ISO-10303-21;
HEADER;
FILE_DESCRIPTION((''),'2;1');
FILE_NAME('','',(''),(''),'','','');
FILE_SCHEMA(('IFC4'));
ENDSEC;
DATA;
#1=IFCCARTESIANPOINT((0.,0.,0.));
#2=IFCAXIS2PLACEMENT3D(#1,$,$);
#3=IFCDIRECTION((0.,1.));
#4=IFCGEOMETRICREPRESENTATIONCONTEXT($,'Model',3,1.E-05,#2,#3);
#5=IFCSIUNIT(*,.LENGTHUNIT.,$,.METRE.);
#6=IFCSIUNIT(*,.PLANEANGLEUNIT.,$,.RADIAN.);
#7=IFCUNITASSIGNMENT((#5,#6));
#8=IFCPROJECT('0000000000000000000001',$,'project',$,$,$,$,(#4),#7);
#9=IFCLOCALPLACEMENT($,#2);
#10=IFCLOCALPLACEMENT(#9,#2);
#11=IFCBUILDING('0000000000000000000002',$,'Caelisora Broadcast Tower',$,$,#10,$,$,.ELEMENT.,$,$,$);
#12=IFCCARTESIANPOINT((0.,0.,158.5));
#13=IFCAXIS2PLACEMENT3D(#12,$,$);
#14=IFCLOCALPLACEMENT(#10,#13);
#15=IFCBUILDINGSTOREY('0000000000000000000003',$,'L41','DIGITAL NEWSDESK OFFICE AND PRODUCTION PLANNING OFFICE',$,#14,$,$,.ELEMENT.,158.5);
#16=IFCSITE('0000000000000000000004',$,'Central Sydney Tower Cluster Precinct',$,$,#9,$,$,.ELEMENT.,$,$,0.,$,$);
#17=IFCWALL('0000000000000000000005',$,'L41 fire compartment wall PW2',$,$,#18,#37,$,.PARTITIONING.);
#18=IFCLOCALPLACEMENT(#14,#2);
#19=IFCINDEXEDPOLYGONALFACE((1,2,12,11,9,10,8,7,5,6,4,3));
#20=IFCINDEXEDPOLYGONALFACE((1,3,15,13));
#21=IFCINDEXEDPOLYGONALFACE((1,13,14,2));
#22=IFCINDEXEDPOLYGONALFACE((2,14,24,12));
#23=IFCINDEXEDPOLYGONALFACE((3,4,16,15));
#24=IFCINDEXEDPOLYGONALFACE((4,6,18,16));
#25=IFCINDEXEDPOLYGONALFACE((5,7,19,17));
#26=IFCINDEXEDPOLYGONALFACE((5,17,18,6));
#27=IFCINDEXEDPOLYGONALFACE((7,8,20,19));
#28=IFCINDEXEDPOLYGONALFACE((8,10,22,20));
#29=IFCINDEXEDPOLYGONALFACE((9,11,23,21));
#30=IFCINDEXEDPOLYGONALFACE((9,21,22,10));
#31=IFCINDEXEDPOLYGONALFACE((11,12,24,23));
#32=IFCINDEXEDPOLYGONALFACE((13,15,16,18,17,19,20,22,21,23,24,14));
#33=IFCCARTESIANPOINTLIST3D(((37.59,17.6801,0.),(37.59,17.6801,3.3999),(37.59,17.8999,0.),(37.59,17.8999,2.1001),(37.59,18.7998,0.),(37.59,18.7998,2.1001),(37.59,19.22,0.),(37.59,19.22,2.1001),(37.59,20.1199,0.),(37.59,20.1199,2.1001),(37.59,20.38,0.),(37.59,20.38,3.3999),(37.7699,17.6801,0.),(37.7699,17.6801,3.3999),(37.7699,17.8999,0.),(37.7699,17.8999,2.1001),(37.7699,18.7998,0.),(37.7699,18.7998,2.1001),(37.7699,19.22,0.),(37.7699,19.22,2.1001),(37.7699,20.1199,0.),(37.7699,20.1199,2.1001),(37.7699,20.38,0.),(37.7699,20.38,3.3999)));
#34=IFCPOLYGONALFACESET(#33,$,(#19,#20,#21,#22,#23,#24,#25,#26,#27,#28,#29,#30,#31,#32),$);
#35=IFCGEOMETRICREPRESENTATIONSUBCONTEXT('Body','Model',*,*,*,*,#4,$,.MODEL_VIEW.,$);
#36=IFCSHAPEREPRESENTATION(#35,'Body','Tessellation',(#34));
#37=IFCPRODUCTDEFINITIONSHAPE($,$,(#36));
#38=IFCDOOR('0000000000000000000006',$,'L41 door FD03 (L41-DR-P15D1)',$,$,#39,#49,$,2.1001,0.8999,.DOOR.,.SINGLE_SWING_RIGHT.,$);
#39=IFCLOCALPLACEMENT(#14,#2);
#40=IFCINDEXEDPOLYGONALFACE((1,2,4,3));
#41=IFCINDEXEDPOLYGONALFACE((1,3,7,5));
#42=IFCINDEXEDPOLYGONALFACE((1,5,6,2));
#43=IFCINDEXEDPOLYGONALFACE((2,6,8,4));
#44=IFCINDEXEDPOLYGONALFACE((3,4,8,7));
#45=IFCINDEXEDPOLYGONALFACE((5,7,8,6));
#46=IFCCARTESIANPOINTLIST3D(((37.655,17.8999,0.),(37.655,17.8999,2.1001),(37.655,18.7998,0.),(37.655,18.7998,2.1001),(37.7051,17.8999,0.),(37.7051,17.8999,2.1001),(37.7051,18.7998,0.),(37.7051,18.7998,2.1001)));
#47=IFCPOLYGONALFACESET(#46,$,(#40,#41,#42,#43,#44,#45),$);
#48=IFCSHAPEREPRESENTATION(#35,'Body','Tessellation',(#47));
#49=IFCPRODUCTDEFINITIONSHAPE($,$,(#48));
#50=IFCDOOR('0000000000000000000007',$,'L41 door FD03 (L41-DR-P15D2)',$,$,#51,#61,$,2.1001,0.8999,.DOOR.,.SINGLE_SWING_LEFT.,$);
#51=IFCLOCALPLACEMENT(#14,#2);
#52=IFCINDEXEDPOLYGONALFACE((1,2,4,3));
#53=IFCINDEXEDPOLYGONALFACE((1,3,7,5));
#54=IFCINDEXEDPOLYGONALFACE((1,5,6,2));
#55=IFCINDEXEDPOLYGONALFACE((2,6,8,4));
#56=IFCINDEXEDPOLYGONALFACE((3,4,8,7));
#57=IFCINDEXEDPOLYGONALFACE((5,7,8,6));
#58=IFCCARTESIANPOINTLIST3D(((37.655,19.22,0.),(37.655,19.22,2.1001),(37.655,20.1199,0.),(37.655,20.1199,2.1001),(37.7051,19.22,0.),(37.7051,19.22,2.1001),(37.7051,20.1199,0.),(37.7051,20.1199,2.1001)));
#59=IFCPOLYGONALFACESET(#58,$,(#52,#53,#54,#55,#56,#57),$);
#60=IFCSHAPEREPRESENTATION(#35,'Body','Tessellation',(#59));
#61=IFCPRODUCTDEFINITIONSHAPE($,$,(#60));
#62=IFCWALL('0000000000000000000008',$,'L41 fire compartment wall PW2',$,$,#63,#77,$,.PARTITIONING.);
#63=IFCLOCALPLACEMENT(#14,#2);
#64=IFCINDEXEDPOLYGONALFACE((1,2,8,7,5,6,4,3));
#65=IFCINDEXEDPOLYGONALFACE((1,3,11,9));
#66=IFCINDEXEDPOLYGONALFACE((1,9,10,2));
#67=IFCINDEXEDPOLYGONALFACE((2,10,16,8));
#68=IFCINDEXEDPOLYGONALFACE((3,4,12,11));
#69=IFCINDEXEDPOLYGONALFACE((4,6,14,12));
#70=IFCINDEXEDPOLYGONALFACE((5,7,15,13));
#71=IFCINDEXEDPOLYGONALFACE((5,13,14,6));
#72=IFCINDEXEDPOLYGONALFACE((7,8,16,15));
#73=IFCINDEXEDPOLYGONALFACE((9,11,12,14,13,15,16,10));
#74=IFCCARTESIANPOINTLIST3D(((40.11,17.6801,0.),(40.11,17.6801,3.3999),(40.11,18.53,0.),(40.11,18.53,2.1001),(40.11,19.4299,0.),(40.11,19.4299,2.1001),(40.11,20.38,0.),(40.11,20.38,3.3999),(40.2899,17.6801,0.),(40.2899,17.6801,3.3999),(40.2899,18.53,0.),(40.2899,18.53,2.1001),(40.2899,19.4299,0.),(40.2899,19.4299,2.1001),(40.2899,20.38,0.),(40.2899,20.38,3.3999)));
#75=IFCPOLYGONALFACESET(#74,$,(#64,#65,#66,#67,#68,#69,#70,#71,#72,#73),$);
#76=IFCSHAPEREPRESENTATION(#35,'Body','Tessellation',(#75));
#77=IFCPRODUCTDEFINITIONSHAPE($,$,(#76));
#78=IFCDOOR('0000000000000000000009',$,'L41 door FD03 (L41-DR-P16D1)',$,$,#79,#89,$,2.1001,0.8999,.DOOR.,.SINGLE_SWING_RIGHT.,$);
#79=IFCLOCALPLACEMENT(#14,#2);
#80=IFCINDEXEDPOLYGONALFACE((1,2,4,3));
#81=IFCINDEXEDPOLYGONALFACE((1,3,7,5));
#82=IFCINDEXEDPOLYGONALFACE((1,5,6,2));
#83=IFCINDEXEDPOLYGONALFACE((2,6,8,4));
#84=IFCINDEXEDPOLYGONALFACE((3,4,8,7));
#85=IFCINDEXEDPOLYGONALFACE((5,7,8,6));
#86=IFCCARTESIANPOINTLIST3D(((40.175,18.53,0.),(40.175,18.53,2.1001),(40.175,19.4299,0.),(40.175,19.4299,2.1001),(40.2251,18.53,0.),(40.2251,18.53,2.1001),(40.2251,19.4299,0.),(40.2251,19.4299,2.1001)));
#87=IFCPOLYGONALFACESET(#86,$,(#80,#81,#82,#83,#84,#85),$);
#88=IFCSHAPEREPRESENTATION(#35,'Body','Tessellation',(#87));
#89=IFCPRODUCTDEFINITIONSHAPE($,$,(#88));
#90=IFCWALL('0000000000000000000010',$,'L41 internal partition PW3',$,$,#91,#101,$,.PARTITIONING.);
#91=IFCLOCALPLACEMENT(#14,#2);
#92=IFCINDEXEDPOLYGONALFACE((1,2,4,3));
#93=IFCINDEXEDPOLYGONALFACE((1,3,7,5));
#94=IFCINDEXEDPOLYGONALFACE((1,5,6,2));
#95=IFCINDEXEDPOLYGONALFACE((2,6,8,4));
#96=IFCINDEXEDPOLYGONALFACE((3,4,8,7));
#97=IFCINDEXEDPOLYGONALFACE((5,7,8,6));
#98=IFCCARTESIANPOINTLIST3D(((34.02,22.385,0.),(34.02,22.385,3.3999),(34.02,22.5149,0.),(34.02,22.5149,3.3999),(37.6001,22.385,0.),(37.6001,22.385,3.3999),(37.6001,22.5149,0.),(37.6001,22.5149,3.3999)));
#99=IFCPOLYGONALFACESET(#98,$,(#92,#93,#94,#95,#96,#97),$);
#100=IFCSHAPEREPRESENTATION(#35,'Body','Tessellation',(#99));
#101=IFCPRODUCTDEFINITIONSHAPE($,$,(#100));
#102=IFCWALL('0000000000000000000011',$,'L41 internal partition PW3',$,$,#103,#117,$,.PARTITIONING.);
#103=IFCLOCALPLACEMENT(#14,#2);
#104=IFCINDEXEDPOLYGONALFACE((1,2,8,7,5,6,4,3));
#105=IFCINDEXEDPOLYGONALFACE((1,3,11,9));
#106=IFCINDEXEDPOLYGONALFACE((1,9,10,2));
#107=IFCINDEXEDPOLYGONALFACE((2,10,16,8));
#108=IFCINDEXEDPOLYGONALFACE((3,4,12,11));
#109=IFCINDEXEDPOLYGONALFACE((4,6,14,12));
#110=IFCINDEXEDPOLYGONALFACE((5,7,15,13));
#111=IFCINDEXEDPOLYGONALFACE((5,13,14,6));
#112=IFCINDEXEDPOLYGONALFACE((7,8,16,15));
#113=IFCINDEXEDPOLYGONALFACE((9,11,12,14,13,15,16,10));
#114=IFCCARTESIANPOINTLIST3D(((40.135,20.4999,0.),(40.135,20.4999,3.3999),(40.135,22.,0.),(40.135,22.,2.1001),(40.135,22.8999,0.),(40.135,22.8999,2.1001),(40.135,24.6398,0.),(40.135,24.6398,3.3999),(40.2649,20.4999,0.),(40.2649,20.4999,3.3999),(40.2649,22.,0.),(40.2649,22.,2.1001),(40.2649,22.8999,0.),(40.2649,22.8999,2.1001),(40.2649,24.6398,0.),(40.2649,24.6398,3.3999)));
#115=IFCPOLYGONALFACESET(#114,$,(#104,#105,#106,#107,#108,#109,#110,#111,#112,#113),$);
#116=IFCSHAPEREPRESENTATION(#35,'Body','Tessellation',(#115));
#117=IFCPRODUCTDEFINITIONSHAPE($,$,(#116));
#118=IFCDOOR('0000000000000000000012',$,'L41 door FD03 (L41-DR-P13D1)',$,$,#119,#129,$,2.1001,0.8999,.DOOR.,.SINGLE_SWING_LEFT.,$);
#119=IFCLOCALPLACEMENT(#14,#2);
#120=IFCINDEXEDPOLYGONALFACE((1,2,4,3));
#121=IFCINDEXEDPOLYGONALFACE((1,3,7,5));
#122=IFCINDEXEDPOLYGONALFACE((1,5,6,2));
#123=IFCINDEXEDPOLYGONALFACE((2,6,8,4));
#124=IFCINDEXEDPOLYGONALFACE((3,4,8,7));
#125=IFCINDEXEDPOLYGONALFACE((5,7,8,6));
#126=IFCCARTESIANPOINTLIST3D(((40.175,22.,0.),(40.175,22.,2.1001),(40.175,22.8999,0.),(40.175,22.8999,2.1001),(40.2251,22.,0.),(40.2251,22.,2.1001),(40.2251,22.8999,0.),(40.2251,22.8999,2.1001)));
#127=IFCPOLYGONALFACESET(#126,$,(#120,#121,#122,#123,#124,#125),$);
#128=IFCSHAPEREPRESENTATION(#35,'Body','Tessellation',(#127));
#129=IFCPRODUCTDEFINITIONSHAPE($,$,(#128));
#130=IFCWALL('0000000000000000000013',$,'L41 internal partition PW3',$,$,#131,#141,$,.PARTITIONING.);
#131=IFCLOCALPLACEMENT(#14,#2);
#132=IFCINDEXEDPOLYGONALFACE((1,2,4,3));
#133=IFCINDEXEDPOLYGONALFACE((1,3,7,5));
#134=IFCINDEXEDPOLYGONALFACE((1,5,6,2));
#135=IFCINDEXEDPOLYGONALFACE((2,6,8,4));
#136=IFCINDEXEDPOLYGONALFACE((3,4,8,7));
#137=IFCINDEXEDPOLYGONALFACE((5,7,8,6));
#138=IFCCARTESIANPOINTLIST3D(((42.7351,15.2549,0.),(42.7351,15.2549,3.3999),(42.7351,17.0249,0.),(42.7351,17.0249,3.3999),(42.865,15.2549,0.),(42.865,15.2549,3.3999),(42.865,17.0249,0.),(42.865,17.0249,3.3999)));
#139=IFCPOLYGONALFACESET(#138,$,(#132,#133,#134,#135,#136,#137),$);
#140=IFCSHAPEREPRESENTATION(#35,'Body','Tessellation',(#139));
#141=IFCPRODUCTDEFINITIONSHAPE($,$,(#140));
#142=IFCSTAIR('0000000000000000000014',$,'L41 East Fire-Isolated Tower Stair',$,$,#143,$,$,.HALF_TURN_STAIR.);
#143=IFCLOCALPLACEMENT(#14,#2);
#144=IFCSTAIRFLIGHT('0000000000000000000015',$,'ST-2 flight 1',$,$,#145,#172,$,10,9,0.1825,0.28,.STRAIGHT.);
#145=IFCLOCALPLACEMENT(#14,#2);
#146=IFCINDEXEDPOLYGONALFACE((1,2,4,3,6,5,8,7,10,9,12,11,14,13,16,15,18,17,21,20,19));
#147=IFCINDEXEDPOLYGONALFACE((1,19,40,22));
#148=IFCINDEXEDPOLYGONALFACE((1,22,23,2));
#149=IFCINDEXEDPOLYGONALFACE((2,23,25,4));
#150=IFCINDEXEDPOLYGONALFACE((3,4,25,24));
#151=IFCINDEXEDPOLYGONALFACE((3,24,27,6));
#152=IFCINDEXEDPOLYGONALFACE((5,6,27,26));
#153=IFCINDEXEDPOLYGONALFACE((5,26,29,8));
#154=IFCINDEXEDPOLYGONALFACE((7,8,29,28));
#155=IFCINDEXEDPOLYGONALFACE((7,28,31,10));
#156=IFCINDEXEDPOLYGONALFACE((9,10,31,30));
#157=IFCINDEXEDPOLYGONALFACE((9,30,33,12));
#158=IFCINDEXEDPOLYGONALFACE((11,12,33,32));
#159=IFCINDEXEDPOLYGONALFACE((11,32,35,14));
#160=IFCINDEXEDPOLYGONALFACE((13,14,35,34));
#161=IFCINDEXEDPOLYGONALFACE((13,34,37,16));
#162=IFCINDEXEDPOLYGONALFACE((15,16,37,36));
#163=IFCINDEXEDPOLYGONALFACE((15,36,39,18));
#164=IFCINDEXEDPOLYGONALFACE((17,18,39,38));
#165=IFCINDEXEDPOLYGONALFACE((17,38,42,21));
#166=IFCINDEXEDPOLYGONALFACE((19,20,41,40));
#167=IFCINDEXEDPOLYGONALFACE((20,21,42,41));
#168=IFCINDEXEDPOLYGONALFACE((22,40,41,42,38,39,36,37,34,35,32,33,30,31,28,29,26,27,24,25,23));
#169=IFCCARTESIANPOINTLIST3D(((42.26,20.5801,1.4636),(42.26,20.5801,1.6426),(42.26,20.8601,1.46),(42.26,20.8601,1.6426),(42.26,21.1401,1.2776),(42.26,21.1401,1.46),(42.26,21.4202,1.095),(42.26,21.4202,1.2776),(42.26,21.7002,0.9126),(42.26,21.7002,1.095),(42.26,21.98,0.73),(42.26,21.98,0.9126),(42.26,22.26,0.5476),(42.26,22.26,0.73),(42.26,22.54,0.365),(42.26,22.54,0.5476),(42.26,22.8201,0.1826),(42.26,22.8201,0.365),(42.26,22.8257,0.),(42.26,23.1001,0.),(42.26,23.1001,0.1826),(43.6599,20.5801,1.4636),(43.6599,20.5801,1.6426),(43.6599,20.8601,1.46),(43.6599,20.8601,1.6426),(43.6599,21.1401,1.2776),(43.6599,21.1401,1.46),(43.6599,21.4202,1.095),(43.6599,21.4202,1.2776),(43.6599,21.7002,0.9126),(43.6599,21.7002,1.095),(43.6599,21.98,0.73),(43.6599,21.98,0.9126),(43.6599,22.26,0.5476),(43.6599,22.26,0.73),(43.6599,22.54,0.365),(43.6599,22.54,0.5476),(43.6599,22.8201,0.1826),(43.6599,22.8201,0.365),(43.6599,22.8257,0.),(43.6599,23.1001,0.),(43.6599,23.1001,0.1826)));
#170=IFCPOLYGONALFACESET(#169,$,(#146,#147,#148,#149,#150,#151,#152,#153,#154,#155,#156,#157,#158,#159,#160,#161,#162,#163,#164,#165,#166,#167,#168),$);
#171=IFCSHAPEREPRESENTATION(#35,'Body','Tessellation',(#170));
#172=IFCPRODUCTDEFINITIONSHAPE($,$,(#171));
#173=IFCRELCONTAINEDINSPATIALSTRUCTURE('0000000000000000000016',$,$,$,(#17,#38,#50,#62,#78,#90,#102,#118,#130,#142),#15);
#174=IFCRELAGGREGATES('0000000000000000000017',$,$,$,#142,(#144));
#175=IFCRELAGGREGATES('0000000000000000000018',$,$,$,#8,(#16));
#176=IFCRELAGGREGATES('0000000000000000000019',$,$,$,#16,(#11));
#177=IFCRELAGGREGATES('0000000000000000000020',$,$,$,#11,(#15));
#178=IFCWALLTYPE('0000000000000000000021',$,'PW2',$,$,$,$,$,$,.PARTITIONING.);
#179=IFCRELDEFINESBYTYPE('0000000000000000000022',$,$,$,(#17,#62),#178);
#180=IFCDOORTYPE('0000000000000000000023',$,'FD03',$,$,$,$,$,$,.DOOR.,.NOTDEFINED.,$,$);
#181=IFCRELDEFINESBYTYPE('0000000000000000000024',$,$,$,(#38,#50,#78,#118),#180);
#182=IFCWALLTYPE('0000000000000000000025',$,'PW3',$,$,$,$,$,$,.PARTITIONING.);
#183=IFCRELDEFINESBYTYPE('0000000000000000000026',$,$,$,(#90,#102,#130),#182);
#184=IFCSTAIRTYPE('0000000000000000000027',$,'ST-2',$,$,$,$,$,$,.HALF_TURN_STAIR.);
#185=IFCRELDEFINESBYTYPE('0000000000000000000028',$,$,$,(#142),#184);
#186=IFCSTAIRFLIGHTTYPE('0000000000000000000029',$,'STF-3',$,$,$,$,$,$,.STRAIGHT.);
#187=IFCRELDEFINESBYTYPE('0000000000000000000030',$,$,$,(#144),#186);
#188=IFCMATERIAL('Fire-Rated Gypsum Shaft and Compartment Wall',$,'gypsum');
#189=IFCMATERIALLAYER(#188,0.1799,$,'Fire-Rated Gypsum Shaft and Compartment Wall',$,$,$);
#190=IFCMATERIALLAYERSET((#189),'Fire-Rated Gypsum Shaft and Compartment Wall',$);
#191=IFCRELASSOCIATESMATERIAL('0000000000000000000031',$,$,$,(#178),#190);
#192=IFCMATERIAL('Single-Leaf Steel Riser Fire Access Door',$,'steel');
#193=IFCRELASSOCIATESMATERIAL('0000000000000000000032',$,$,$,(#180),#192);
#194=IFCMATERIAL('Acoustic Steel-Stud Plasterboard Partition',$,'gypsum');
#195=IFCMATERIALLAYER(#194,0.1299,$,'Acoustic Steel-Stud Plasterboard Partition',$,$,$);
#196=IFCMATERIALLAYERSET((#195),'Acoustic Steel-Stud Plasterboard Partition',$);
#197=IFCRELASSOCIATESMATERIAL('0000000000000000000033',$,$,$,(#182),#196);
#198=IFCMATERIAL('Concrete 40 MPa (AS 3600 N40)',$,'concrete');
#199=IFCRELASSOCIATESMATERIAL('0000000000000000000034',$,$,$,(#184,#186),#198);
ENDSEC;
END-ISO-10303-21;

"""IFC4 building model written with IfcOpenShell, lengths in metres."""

from ifc_helpers import new_model, si_unit, direction, frame, frame_2d, origin, place, context, subcontext, project, spatial, polyline, rectangle, outline, extrude, material, layer, layer_set, type_object, element, fill, aggregate, save


model = new_model("IFC4")

# Units and contexts
model_context = context("Model", 3, precision=1e-05, world=origin(), true_north=direction((0.0, 1.0)))
body_context = subcontext(model_context, "Body", "Model", "MODEL_VIEW")
ifc_project = project(units=[si_unit("LENGTHUNIT", "METRE"), si_unit("PLANEANGLEUNIT", "RADIAN")], contexts=[model_context])

# Site, building, storey
site_placement = place(None, origin())
site = spatial("IfcSite", under=ifc_project, at=site_placement, Name="Central Sydney Tower Cluster Precinct", CompositionType="ELEMENT", RefElevation=0.0)
building_placement = place(site_placement, origin())
building = spatial("IfcBuilding", under=site, at=building_placement, Name="Caelisora Broadcast Tower", CompositionType="ELEMENT")
storey_placement = place(building_placement, frame((0.0, 0.0, 158.5)))
storey = spatial("IfcBuildingStorey", under=building, at=storey_placement, Name="L41", Description="DIGITAL NEWSDESK OFFICE AND PRODUCTION PLANNING OFFICE", CompositionType="ELEMENT", Elevation=158.5)

# Shared definitions
ifc_material_1 = material(Name="Fire-Rated Gypsum Shaft and Compartment Wall", Category="gypsum")
ifc_layer_1 = layer(ifc_material_1, 0.1799, Name="Fire-Rated Gypsum Shaft and Compartment Wall")
ifc_layer_set_1 = layer_set([ifc_layer_1], Name="Fire-Rated Gypsum Shaft and Compartment Wall")
wall_type_1 = type_object("IfcWallType", Name="PW2", PredefinedType="PARTITIONING", material=ifc_layer_set_1)

# Wall, openings, doors
wall_1_placement = place(storey_placement, frame((37.6799, 17.6799, 0.0), z_axis=(0.0, 0.0, 1.0), x_axis=(0.0, 1.0, 0.0)))
wall_1 = element("IfcWall", 1, at=wall_1_placement, inside=storey, type_object=wall_type_1, Name="L41 fire compartment wall PW2", PredefinedType="PARTITIONING", context=body_context, shape_type="SweptSolid", body=[
    extrude(rectangle(XDim=2.7, YDim=0.1799, at=frame_2d((1.3501, 0.0))), origin(), (0.0, 0.0, 1.0), 3.3999),
])
opening_1_placement = place(wall_1_placement, frame((0.22, 0.0, 0.0)))
opening_1 = element("IfcOpeningElement", 2, at=opening_1_placement, cuts=wall_1, PredefinedType="OPENING", context=body_context, shape_type="SweptSolid", body=[
    extrude(rectangle(XDim=0.8999, YDim=2.1001, at=frame_2d((0.45, 1.05))), frame((0.0, 0.1021, 0.0), z_axis=(0.0, -1.0, 0.0), x_axis=(1.0, 0.0, 0.0)), (0.0, 0.0, 1.0), 0.2039),
])
opening_2_placement = place(wall_1_placement, frame((1.54, 0.0, 0.0)))
opening_2 = element("IfcOpeningElement", 3, at=opening_2_placement, cuts=wall_1, PredefinedType="OPENING", context=body_context, shape_type="SweptSolid", body=[
    extrude(rectangle(XDim=0.8999, YDim=2.1001, at=frame_2d((0.45, 1.05))), frame((0.0, 0.1021, 0.0), z_axis=(0.0, -1.0, 0.0), x_axis=(1.0, 0.0, 0.0)), (0.0, 0.0, 1.0), 0.2039),
])
ifc_material_2 = material(Name="Single-Leaf Steel Riser Fire Access Door", Category="steel")
door_type_1 = type_object("IfcDoorType", Name="FD03", OperationType="NOTDEFINED", PredefinedType="DOOR", material=ifc_material_2)
door_1_placement = place(opening_1_placement, origin())
door_1 = element("IfcDoor", 4, at=door_1_placement, inside=storey, type_object=door_type_1, Name="L41 door FD03 (L41-DR-P15D1)", OperationType="SINGLE_SWING_RIGHT", OverallHeight=2.1001, OverallWidth=0.8999, PredefinedType="DOOR", context=body_context, shape_type="SweptSolid", body=[
    extrude(rectangle(XDim=0.8999, YDim=2.1001, at=frame_2d((0.45, 1.05))), frame((0.0, 0.0249, 0.0), z_axis=(0.0, -1.0, 0.0), x_axis=(1.0, 0.0, 0.0)), (0.0, 0.0, 1.0), 0.05),
])
fill(opening_1, door_1)
door_2_placement = place(opening_2_placement, origin())
door_2 = element("IfcDoor", 5, at=door_2_placement, inside=storey, type_object=door_type_1, Name="L41 door FD03 (L41-DR-P15D2)", OperationType="SINGLE_SWING_LEFT", OverallHeight=2.1001, OverallWidth=0.8999, PredefinedType="DOOR", context=body_context, shape_type="SweptSolid", body=[
    extrude(rectangle(XDim=0.8999, YDim=2.1001, at=frame_2d((0.45, 1.05))), frame((0.0, 0.0249, 0.0), z_axis=(0.0, -1.0, 0.0), x_axis=(1.0, 0.0, 0.0)), (0.0, 0.0, 1.0), 0.05),
])
fill(opening_2, door_2)

# Wall, opening, door
wall_2_placement = place(storey_placement, frame((40.2, 17.6799, 0.0), z_axis=(0.0, 0.0, 1.0), x_axis=(0.0, 1.0, 0.0)))
wall_2 = element("IfcWall", 6, at=wall_2_placement, inside=storey, type_object=wall_type_1, Name="L41 fire compartment wall PW2", PredefinedType="PARTITIONING", context=body_context, shape_type="SweptSolid", body=[
    extrude(rectangle(XDim=2.7, YDim=0.1799, at=frame_2d((1.3501, 0.0))), origin(), (0.0, 0.0, 1.0), 3.3999),
])
opening_3_placement = place(wall_2_placement, frame((0.8501, 0.0, 0.0)))
opening_3 = element("IfcOpeningElement", 7, at=opening_3_placement, cuts=wall_2, PredefinedType="OPENING", context=body_context, shape_type="SweptSolid", body=[
    extrude(rectangle(XDim=0.8999, YDim=2.1001, at=frame_2d((0.45, 1.05))), frame((0.0, 0.1021, 0.0), z_axis=(0.0, -1.0, 0.0), x_axis=(1.0, 0.0, 0.0)), (0.0, 0.0, 1.0), 0.2039),
])
door_3_placement = place(opening_3_placement, origin())
door_3 = element("IfcDoor", 8, at=door_3_placement, inside=storey, type_object=door_type_1, Name="L41 door FD03 (L41-DR-P16D1)", OperationType="SINGLE_SWING_RIGHT", OverallHeight=2.1001, OverallWidth=0.8999, PredefinedType="DOOR", context=body_context, shape_type="SweptSolid", body=[
    extrude(rectangle(XDim=0.8999, YDim=2.1001, at=frame_2d((0.45, 1.05))), frame((0.0, 0.0249, 0.0), z_axis=(0.0, -1.0, 0.0), x_axis=(1.0, 0.0, 0.0)), (0.0, 0.0, 1.0), 0.05),
])
fill(opening_3, door_3)

# Wall
ifc_material_3 = material(Name="Acoustic Steel-Stud Plasterboard Partition", Category="gypsum")
ifc_layer_2 = layer(ifc_material_3, 0.1299, Name="Acoustic Steel-Stud Plasterboard Partition")
ifc_layer_set_2 = layer_set([ifc_layer_2], Name="Acoustic Steel-Stud Plasterboard Partition")
wall_type_2 = type_object("IfcWallType", Name="PW3", PredefinedType="PARTITIONING", material=ifc_layer_set_2)
wall_3_placement = place(storey_placement, frame((34.02, 22.45, 0.0), z_axis=(0.0, 0.0, 1.0), x_axis=(1.0, 0.0, 0.0)))
element("IfcWall", 9, at=wall_3_placement, inside=storey, type_object=wall_type_2, Name="L41 internal partition PW3", PredefinedType="PARTITIONING", context=body_context, shape_type="SweptSolid", body=[
    extrude(rectangle(XDim=3.5801, YDim=0.1299, at=frame_2d((1.79, 0.0))), origin(), (0.0, 0.0, 1.0), 3.3999),
])

# Wall, opening, door
wall_4_placement = place(storey_placement, frame((40.2, 20.5, 0.0), z_axis=(0.0, 0.0, 1.0), x_axis=(0.0, 1.0, 0.0)))
wall_4 = element("IfcWall", 10, at=wall_4_placement, inside=storey, type_object=wall_type_2, Name="L41 internal partition PW3", PredefinedType="PARTITIONING", context=body_context, shape_type="SweptSolid", body=[
    extrude(rectangle(XDim=4.1399, YDim=0.1299, at=frame_2d((2.0698, 0.0))), origin(), (0.0, 0.0, 1.0), 3.3999),
])
opening_4_placement = place(wall_4_placement, frame((1.5, 0.0, 0.0)))
opening_4 = element("IfcOpeningElement", 11, at=opening_4_placement, cuts=wall_4, PredefinedType="OPENING", context=body_context, shape_type="SweptSolid", body=[
    extrude(rectangle(XDim=0.8999, YDim=2.1001, at=frame_2d((0.45, 1.05))), frame((0.0, 0.0769, 0.0), z_axis=(0.0, -1.0, 0.0), x_axis=(1.0, 0.0, 0.0)), (0.0, 0.0, 1.0), 0.1538),
])
door_4_placement = place(opening_4_placement, origin())
door_4 = element("IfcDoor", 12, at=door_4_placement, inside=storey, type_object=door_type_1, Name="L41 door FD03 (L41-DR-P13D1)", OperationType="SINGLE_SWING_LEFT", OverallHeight=2.1001, OverallWidth=0.8999, PredefinedType="DOOR", context=body_context, shape_type="SweptSolid", body=[
    extrude(rectangle(XDim=0.8999, YDim=2.1001, at=frame_2d((0.45, 1.05))), frame((0.0, 0.0249, 0.0), z_axis=(0.0, -1.0, 0.0), x_axis=(1.0, 0.0, 0.0)), (0.0, 0.0, 1.0), 0.05),
])
fill(opening_4, door_4)

# Wall
wall_5_placement = place(storey_placement, frame((42.8, 15.2549, 0.0), z_axis=(0.0, 0.0, 1.0), x_axis=(0.0, 1.0, 0.0)))
element("IfcWall", 13, at=wall_5_placement, inside=storey, type_object=wall_type_2, Name="L41 internal partition PW3", PredefinedType="PARTITIONING", context=body_context, shape_type="SweptSolid", body=[
    extrude(rectangle(XDim=1.77, YDim=0.1299, at=frame_2d((0.885, 0.0))), origin(), (0.0, 0.0, 1.0), 3.3999),
])

# Stair, stair flight
ifc_material_4 = material(Name="Concrete 40 MPa (AS 3600 N40)", Category="concrete")
stair_type = type_object("IfcStairType", Name="ST-2", PredefinedType="HALF_TURN_STAIR", material=ifc_material_4)
stair_placement = place(storey_placement, origin())
stair = element("IfcStair", 14, at=stair_placement, inside=storey, type_object=stair_type, Name="L41 East Fire-Isolated Tower Stair", PredefinedType="HALF_TURN_STAIR")
stair_flight_type = type_object("IfcStairFlightType", Name="STF-3", PredefinedType="STRAIGHT", material=ifc_material_4)
stair_flight_1_placement = place(storey_placement, frame((42.96, 23.1001, 0.0), z_axis=(0.0, 0.0, 1.0), x_axis=(0.0, -1.0, 0.0)))
stair_flight_1 = element("IfcStairFlight", 15, at=stair_flight_1_placement, type_object=stair_flight_type, Name="ST-2 flight 1", NumberOfRisers=10, NumberOfTreads=9, PredefinedType="STRAIGHT", RiserHeight=0.1825, TreadLength=0.28, context=body_context, shape_type="SweptSolid", body=[
    extrude(outline(polyline([(0.0, 0.0), (0.0, 0.1826), (0.28, 0.1826), (0.28, 0.365), (0.5601, 0.365), (0.5601, 0.5476), (0.8401, 0.5476), (0.8401, 0.73), (1.1201, 0.73), (1.1201, 0.9126), (1.3999, 0.9126), (1.3999, 1.095), (1.6799, 1.095), (1.6799, 1.2776), (1.96, 1.2776), (1.96, 1.46), (2.24, 1.46), (2.24, 1.6426), (2.52, 1.6426), (2.52, 1.825), (2.52, 1.4636), (0.2744, 0.0), (0.0, 0.0)])), frame((0.0, 0.7, 0.0), z_axis=(0.0, -1.0, 0.0), x_axis=(1.0, 0.0, 0.0)), (0.0, 0.0, 1.0), 1.3999),
])
aggregate(stair, [stair_flight_1])

save(model, "model.ifc")
